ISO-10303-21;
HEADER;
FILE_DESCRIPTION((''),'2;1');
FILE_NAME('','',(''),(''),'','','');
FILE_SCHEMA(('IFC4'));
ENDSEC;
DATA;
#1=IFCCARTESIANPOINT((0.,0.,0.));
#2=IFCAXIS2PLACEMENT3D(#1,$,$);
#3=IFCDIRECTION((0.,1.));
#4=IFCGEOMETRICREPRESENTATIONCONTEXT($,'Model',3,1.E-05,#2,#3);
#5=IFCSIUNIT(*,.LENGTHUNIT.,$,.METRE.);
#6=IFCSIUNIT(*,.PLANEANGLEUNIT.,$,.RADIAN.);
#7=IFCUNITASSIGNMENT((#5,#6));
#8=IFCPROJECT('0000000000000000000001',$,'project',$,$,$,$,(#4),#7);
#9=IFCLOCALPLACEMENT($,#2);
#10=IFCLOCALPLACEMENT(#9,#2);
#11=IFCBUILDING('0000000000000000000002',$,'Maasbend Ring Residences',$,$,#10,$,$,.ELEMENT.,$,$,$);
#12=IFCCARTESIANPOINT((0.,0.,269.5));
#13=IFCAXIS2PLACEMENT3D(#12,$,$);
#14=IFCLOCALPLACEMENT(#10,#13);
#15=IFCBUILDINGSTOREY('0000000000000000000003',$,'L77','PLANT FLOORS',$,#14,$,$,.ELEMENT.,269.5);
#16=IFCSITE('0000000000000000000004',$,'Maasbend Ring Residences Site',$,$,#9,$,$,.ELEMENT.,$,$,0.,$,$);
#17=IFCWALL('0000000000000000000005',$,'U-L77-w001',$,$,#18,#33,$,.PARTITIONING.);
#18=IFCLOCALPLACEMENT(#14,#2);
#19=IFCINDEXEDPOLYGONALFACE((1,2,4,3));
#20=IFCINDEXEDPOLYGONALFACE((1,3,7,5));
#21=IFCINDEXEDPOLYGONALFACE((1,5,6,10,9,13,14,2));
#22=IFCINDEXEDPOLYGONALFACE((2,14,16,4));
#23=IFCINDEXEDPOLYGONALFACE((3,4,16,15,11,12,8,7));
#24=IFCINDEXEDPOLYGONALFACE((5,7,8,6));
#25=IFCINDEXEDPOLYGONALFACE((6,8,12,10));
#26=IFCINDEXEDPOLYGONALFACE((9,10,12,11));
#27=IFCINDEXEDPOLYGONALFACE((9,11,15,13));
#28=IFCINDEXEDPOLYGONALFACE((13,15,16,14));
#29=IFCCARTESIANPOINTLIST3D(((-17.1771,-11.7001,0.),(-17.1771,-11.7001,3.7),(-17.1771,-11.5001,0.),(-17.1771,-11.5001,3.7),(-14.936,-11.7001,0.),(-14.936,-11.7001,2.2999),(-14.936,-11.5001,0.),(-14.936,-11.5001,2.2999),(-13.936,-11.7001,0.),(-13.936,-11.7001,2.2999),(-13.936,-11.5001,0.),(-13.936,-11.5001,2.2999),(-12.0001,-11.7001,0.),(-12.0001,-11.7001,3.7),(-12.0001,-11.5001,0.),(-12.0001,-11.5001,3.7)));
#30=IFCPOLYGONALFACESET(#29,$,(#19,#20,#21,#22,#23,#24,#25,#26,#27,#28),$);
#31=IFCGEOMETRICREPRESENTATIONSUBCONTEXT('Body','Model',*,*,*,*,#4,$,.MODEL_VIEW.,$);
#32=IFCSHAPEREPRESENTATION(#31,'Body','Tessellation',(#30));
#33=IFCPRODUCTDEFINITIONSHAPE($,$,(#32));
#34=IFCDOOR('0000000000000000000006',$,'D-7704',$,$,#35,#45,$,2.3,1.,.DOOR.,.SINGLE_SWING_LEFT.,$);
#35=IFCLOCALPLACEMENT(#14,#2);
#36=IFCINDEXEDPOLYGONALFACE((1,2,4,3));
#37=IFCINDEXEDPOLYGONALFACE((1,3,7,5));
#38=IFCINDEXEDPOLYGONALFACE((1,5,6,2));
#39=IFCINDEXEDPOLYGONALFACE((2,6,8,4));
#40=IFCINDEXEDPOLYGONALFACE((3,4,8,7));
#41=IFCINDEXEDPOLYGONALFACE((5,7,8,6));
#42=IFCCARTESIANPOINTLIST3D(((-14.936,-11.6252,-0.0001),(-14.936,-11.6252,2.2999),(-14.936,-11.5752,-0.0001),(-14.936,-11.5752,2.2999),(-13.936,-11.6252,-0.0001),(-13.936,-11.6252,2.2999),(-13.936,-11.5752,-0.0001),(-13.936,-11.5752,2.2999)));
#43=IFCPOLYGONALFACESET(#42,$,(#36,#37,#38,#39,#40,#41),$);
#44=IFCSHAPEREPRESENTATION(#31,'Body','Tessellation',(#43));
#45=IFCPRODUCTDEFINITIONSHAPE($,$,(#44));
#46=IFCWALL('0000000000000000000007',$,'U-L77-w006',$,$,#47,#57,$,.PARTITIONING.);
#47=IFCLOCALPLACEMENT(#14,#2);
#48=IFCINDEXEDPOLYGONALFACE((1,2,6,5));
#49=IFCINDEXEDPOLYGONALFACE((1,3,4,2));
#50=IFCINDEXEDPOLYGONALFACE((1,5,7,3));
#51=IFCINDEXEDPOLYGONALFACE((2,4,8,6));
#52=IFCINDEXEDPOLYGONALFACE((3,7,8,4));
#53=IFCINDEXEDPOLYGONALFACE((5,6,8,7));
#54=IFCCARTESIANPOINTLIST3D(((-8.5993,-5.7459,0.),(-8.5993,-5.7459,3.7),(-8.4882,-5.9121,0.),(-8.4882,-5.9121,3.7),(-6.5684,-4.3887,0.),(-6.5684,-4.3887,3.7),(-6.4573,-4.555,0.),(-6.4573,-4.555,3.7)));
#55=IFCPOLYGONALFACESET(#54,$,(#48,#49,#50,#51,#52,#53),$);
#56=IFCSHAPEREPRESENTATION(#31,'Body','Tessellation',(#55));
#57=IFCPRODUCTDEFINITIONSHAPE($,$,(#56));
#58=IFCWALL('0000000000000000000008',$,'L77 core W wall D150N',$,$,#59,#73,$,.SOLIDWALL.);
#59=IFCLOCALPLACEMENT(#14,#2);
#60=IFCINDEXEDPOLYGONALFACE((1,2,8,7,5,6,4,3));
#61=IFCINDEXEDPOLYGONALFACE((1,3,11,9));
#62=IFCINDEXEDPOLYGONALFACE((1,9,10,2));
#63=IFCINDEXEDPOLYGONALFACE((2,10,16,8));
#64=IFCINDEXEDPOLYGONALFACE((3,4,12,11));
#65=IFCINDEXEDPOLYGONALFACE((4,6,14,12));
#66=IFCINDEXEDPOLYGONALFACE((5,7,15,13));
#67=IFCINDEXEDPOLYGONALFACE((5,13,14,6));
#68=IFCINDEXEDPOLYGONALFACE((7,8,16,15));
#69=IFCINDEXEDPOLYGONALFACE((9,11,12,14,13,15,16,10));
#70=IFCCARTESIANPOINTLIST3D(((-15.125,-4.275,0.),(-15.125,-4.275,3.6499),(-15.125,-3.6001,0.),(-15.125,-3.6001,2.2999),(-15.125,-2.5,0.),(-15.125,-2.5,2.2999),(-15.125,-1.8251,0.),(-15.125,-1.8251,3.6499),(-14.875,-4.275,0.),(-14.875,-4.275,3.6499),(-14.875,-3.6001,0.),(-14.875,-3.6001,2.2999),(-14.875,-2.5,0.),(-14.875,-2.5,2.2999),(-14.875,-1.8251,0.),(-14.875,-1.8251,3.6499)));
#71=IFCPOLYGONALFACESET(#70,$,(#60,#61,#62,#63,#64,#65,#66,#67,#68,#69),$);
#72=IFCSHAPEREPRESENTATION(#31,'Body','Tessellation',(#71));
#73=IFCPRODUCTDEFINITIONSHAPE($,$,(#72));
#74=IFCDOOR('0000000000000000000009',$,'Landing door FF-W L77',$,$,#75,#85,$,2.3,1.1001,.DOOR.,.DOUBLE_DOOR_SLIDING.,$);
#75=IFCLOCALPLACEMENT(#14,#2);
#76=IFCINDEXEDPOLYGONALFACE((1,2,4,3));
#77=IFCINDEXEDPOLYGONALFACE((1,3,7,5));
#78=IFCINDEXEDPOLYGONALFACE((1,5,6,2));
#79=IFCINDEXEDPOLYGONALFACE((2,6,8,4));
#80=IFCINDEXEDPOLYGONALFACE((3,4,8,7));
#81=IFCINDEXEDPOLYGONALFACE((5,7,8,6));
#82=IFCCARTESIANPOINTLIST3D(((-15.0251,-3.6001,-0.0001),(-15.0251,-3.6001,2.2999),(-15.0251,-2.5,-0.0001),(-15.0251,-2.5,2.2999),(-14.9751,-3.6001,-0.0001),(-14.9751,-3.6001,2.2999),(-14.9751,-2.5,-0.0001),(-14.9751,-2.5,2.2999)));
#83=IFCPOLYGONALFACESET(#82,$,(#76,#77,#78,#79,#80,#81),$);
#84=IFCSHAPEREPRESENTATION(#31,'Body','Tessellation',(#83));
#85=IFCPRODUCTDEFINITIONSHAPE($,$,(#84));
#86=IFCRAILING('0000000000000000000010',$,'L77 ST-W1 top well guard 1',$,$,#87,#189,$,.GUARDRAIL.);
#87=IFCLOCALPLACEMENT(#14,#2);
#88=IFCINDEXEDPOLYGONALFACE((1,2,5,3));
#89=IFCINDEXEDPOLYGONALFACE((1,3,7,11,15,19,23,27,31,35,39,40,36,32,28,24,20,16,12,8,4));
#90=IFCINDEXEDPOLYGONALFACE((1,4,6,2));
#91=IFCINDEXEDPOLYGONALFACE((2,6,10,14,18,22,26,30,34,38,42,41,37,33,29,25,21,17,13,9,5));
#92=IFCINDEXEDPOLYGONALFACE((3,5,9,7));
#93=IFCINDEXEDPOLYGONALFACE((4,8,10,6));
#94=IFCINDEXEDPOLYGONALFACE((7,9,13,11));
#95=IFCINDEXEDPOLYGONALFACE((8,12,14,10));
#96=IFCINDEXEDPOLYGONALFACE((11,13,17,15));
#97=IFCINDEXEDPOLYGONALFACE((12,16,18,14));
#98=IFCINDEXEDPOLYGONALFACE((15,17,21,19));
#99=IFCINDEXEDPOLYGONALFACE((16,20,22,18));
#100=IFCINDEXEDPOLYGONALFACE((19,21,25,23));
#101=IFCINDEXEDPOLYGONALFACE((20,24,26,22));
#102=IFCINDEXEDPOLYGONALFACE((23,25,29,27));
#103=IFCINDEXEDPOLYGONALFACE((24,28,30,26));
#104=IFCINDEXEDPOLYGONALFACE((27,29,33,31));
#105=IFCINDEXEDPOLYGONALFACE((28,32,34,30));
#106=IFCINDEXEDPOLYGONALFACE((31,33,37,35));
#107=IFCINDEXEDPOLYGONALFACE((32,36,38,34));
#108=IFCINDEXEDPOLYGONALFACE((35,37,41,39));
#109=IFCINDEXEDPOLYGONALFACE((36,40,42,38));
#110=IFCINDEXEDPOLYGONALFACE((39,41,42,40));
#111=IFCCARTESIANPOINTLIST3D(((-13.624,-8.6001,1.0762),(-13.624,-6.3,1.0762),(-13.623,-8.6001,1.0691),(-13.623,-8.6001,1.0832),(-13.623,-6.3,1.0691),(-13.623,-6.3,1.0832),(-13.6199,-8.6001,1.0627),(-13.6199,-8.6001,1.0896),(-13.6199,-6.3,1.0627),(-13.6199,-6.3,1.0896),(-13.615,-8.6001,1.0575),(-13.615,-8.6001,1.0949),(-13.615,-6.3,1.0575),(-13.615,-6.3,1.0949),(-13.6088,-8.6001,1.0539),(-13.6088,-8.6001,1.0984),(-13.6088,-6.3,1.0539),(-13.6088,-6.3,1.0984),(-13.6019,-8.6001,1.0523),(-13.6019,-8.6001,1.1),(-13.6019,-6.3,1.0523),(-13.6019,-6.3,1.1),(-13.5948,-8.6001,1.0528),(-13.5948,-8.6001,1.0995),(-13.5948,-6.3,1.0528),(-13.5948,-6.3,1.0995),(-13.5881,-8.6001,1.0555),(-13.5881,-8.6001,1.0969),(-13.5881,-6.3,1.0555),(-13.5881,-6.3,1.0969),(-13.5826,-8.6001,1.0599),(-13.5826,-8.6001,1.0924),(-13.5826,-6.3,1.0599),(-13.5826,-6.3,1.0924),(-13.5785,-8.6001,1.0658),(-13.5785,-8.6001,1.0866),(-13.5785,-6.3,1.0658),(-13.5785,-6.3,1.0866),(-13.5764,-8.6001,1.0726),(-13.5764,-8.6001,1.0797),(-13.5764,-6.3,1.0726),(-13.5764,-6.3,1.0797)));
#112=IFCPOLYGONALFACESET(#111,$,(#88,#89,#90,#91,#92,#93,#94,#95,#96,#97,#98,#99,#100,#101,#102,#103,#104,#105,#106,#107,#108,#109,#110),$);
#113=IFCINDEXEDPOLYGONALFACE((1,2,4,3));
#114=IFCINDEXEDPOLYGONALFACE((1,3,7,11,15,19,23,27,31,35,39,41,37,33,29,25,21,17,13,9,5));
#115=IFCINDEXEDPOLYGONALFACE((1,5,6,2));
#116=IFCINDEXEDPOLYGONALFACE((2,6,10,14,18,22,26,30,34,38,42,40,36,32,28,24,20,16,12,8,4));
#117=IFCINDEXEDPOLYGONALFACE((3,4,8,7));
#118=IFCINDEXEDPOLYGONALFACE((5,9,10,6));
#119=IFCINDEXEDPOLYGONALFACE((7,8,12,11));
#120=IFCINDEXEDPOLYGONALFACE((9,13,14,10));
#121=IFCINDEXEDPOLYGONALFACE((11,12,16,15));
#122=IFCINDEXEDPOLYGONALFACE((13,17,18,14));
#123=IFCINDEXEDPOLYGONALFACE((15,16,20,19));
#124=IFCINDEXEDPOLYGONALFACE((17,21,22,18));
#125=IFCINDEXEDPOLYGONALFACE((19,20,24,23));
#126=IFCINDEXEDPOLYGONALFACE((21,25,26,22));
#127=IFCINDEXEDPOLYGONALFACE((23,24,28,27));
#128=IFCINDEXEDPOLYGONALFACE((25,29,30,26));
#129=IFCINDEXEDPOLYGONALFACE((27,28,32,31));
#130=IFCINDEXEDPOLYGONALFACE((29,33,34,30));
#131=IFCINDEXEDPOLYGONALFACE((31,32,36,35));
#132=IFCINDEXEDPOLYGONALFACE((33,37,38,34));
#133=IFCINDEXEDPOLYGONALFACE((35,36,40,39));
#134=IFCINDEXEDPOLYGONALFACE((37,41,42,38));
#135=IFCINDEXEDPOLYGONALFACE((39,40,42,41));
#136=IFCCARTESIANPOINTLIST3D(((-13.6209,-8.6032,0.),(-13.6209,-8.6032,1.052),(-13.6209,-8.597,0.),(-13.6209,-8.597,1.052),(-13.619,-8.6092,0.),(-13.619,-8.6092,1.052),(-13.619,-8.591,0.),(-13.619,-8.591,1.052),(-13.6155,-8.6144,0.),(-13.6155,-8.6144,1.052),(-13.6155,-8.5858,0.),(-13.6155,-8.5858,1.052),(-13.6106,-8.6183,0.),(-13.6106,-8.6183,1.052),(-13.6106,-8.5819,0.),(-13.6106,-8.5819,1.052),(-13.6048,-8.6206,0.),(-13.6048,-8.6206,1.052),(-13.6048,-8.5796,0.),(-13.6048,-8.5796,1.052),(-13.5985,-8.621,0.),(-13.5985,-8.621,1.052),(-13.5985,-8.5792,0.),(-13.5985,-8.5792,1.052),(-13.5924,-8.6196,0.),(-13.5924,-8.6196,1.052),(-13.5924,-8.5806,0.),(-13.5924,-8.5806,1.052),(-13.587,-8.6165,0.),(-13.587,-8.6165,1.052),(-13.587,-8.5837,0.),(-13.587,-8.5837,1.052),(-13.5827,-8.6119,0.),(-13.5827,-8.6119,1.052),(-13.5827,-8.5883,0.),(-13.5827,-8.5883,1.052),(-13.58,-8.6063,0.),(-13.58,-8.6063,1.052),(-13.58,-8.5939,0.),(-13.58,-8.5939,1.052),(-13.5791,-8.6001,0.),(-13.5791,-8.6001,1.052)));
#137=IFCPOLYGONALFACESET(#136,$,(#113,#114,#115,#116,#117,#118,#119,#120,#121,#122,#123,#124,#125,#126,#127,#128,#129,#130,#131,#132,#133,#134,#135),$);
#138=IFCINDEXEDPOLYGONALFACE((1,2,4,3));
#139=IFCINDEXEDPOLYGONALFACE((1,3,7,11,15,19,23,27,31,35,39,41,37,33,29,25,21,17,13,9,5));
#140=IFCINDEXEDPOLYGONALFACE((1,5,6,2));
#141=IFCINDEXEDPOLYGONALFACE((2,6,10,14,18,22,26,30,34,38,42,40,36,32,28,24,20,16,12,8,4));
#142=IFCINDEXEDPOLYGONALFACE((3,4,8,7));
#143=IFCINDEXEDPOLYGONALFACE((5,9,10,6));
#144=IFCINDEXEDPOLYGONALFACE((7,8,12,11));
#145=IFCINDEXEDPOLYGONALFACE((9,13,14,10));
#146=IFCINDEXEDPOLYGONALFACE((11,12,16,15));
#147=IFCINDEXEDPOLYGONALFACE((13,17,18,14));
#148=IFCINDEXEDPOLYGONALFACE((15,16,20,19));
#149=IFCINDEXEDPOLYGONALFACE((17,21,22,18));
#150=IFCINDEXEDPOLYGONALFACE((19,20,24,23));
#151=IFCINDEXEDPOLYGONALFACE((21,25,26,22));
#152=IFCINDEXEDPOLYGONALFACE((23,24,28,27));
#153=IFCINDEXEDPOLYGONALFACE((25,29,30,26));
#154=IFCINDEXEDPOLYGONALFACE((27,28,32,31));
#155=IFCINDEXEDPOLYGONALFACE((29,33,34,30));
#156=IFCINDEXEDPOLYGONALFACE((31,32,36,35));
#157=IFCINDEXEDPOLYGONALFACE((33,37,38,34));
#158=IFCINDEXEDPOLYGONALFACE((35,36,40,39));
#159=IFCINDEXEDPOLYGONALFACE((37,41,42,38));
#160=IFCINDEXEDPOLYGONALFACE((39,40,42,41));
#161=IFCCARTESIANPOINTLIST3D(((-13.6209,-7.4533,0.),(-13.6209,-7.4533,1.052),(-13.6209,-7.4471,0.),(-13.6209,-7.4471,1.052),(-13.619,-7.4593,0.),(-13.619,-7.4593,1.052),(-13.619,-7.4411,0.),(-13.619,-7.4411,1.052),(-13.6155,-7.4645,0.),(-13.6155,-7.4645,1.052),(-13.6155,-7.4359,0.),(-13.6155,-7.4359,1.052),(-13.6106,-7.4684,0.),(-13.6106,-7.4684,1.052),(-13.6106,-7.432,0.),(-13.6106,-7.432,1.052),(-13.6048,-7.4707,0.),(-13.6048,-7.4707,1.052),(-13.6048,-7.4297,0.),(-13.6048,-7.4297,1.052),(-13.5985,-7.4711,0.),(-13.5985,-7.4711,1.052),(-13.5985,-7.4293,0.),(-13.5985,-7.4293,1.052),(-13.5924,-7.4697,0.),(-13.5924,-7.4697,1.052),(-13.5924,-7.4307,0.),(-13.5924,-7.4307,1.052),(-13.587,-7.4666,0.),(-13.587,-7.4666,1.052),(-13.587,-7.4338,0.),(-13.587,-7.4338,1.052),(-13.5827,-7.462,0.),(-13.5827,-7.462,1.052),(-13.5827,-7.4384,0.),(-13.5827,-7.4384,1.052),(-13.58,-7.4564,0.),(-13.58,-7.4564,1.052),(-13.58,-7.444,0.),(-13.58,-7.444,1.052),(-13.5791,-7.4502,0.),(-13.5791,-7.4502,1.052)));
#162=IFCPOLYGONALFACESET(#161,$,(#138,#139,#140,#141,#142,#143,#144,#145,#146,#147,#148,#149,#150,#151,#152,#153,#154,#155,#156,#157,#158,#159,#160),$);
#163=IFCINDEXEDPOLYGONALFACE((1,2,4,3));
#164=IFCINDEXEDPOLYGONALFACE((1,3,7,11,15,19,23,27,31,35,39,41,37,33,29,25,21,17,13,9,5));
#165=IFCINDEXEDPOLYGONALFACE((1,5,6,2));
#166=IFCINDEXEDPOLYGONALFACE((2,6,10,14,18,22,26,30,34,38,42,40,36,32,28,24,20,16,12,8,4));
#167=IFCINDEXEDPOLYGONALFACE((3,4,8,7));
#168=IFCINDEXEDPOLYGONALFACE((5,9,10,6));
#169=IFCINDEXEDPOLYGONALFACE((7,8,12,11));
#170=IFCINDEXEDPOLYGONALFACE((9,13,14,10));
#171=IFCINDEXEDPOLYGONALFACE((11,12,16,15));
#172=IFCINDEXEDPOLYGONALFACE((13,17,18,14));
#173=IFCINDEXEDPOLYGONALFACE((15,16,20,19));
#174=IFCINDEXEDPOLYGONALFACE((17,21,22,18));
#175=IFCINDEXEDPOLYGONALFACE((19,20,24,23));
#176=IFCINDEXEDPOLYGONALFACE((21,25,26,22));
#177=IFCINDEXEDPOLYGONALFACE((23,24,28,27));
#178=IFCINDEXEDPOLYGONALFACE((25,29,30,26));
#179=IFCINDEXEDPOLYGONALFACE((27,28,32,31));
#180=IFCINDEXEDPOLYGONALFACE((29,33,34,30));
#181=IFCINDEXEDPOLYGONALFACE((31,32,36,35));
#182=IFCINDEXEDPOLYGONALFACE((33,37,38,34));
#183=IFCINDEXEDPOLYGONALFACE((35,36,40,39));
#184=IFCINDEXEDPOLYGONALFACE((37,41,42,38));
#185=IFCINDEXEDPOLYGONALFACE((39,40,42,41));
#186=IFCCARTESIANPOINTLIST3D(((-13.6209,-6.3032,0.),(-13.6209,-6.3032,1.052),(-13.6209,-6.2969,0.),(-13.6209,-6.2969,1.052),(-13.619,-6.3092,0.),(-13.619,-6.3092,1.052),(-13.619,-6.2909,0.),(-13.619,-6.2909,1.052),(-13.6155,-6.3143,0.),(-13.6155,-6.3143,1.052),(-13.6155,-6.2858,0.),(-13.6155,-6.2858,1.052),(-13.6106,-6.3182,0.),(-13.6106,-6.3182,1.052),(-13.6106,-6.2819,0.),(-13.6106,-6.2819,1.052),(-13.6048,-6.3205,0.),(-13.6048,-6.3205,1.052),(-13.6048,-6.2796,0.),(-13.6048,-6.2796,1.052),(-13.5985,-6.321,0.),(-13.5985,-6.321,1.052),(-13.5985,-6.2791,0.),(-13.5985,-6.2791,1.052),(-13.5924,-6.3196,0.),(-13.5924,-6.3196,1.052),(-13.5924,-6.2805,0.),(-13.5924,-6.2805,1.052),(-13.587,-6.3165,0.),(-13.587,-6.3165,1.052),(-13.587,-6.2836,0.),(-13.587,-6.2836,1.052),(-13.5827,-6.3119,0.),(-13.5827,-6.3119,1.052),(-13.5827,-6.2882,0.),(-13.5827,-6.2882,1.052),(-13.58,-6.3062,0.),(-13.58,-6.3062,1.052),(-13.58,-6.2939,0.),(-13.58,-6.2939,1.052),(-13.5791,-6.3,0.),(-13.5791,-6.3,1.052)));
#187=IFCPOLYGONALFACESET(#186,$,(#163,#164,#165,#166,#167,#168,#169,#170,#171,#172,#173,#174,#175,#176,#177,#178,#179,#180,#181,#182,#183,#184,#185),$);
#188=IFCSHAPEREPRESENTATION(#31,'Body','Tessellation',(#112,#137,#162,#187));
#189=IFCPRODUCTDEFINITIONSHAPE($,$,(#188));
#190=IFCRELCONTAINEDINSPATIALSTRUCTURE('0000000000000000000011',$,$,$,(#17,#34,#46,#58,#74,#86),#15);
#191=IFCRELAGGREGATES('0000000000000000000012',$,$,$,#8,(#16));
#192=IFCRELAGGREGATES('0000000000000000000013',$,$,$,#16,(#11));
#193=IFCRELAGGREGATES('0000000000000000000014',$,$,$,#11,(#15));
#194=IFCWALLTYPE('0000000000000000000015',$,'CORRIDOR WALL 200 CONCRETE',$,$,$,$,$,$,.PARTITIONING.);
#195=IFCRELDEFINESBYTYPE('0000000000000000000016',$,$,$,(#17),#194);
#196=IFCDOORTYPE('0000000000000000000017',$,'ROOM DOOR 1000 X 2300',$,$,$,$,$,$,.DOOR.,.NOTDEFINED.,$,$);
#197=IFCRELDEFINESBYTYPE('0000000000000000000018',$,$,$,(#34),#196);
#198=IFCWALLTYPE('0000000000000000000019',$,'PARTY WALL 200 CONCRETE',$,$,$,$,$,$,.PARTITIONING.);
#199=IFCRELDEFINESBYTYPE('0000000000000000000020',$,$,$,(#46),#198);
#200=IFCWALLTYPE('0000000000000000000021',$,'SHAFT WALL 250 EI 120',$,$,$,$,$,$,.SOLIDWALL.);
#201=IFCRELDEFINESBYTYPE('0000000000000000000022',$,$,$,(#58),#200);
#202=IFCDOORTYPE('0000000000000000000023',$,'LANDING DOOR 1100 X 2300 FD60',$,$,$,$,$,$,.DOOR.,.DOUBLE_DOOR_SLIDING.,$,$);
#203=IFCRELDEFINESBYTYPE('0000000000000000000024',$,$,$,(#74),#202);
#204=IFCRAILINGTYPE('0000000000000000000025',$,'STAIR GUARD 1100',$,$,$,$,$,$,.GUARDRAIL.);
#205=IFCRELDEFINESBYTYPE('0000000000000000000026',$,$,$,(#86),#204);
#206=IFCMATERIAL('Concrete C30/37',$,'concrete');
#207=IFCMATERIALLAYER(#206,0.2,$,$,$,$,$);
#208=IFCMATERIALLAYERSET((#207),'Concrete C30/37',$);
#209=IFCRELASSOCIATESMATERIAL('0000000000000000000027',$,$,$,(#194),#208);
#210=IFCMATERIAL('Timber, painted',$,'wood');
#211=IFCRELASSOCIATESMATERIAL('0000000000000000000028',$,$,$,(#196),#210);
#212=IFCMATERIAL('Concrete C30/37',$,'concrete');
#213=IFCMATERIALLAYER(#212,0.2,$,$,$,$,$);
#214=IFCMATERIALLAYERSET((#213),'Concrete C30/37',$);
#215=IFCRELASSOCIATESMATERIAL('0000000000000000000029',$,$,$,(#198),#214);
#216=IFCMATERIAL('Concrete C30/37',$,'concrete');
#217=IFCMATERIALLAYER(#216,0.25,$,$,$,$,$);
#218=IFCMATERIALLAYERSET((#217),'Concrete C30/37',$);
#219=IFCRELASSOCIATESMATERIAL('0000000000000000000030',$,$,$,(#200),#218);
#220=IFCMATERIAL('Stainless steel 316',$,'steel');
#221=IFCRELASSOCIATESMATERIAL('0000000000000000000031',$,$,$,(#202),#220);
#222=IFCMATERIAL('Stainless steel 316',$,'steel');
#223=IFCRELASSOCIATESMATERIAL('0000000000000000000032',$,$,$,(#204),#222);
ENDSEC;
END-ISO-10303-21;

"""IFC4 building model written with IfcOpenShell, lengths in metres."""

from ifc_helpers import new_model, si_unit, direction, frame, frame_2d, origin, origin_2d, place, context, subcontext, project, spatial, rectangle, circle, extrude, material, layer, layer_set, type_object, element, fill, save


model = new_model("IFC4")

# Units and contexts
model_context = context("Model", 3, precision=1e-05, world=origin(), true_north=direction((0.0, 1.0)))
body_context = subcontext(model_context, "Body", "Model", "MODEL_VIEW")
ifc_project = project(units=[si_unit("LENGTHUNIT", "METRE"), si_unit("PLANEANGLEUNIT", "RADIAN")], contexts=[model_context])

# Site, building, storey
site_placement = place(None, origin())
site = spatial("IfcSite", under=ifc_project, at=site_placement, Name="Maasbend Ring Residences Site", CompositionType="ELEMENT", RefElevation=0.0)
building_placement = place(site_placement, origin())
building = spatial("IfcBuilding", under=site, at=building_placement, Name="Maasbend Ring Residences", CompositionType="ELEMENT")
storey_placement = place(building_placement, frame((0.0, 0.0, 269.5)))
storey = spatial("IfcBuildingStorey", under=building, at=storey_placement, Name="L77", Description="PLANT FLOORS", CompositionType="ELEMENT", Elevation=269.5)

# Wall, opening, door
ifc_material_1 = material(Name="Concrete C30/37", Category="concrete")
ifc_layer_1 = layer(ifc_material_1, 0.2)
ifc_layer_set_1 = layer_set([ifc_layer_1], Name="Concrete C30/37")
wall_type_1 = type_object("IfcWallType", Name="CORRIDOR WALL 200 CONCRETE", PredefinedType="PARTITIONING", material=ifc_layer_set_1)
wall_1_placement = place(storey_placement, frame((-17.177, -11.6001, 0.0), z_axis=(0.0, 0.0, 1.0), x_axis=(1.0, 0.0, 0.0)))
wall_1 = element("IfcWall", 1, at=wall_1_placement, inside=storey, type_object=wall_type_1, Name="U-L77-w001", PredefinedType="PARTITIONING", context=body_context, shape_type="SweptSolid", body=[
    extrude(rectangle(XDim=5.177, YDim=0.2, at=frame_2d((2.5884, 0.0))), origin(), (0.0, 0.0, 1.0), 3.7),
])
opening_1_placement = place(wall_1_placement, frame((2.241, 0.0, 0.0)))
opening_1 = element("IfcOpeningElement", 2, at=opening_1_placement, cuts=wall_1, PredefinedType="OPENING", context=body_context, shape_type="SweptSolid", body=[
    extrude(rectangle(XDim=1.0, YDim=2.3, at=frame_2d((0.5, 1.1499))), frame((0.0, 0.1099, 0.0), z_axis=(0.0, -1.0, 0.0), x_axis=(1.0, 0.0, 0.0)), (0.0, 0.0, 1.0), 0.22),
])
ifc_material_2 = material(Name="Timber, painted", Category="wood")
door_type_1 = type_object("IfcDoorType", Name="ROOM DOOR 1000 X 2300", OperationType="NOTDEFINED", PredefinedType="DOOR", material=ifc_material_2)
door_1_placement = place(opening_1_placement, origin())
door_1 = element("IfcDoor", 3, at=door_1_placement, inside=storey, type_object=door_type_1, Name="D-7704", OperationType="SINGLE_SWING_LEFT", OverallHeight=2.3, OverallWidth=1.0, PredefinedType="DOOR", context=body_context, shape_type="SweptSolid", body=[
    extrude(rectangle(XDim=1.0, YDim=2.3, at=frame_2d((0.5, 1.1499))), frame((0.0, 0.0249, 0.0), z_axis=(0.0, -1.0, 0.0), x_axis=(1.0, 0.0, 0.0)), (0.0, 0.0, 1.0), 0.05),
])
fill(opening_1, door_1)

# Wall
ifc_material_3 = material(Name="Concrete C30/37", Category="concrete")
ifc_layer_2 = layer(ifc_material_3, 0.2)
ifc_layer_set_2 = layer_set([ifc_layer_2], Name="Concrete C30/37")
wall_type_2 = type_object("IfcWallType", Name="PARTY WALL 200 CONCRETE", PredefinedType="PARTITIONING", material=ifc_layer_set_2)
wall_2_placement = place(storey_placement, frame((-6.5129, -4.4719, 0.0), z_axis=(0.0, 0.0, 1.0), x_axis=(-0.83145, -0.555599, 0.0)))
element("IfcWall", 4, at=wall_2_placement, inside=storey, type_object=wall_type_2, Name="U-L77-w006", PredefinedType="PARTITIONING", context=body_context, shape_type="SweptSolid", body=[
    extrude(rectangle(XDim=2.4426, YDim=0.2, at=frame_2d((1.2212, 0.0))), origin(), (0.0, 0.0, 1.0), 3.7),
])

# Wall, opening, door
ifc_material_4 = material(Name="Concrete C30/37", Category="concrete")
ifc_layer_3 = layer(ifc_material_4, 0.25)
ifc_layer_set_3 = layer_set([ifc_layer_3], Name="Concrete C30/37")
wall_type_3 = type_object("IfcWallType", Name="SHAFT WALL 250 EI 120", PredefinedType="SOLIDWALL", material=ifc_layer_set_3)
wall_3_placement = place(storey_placement, frame((-15.0, -1.825, 0.0), z_axis=(0.0, 0.0, 1.0), x_axis=(0.0, -1.0, 0.0)))
wall_3 = element("IfcWall", 5, at=wall_3_placement, inside=storey, type_object=wall_type_3, Name="L77 core W wall D150N", PredefinedType="SOLIDWALL", context=body_context, shape_type="SweptSolid", body=[
    extrude(rectangle(XDim=2.45, YDim=0.25, at=frame_2d((1.2251, 0.0))), origin(), (0.0, 0.0, 1.0), 3.6499),
])
opening_2_placement = place(wall_3_placement, frame((0.675, 0.0, 0.0)))
opening_2 = element("IfcOpeningElement", 6, at=opening_2_placement, cuts=wall_3, PredefinedType="OPENING", context=body_context, shape_type="SweptSolid", body=[
    extrude(rectangle(XDim=1.1001, YDim=2.3, at=frame_2d((0.55, 1.1499))), frame((0.0, 0.135, 0.0), z_axis=(0.0, -1.0, 0.0), x_axis=(1.0, 0.0, 0.0)), (0.0, 0.0, 1.0), 0.27),
])
ifc_material_5 = material(Name="Stainless steel 316", Category="steel")
door_type_2 = type_object("IfcDoorType", Name="LANDING DOOR 1100 X 2300 FD60", OperationType="DOUBLE_DOOR_SLIDING", PredefinedType="DOOR", material=ifc_material_5)
door_2_placement = place(opening_2_placement, origin())
door_2 = element("IfcDoor", 7, at=door_2_placement, inside=storey, type_object=door_type_2, Name="Landing door FF-W L77", OperationType="DOUBLE_DOOR_SLIDING", OverallHeight=2.3, OverallWidth=1.1001, PredefinedType="DOOR", context=body_context, shape_type="SweptSolid", body=[
    extrude(rectangle(XDim=1.1001, YDim=2.3, at=frame_2d((0.55, 1.1499))), frame((0.0, 0.0249, 0.0), z_axis=(0.0, -1.0, 0.0), x_axis=(1.0, 0.0, 0.0)), (0.0, 0.0, 1.0), 0.05),
])
fill(opening_2, door_2)

# Railing
ifc_material_6 = material(Name="Stainless steel 316", Category="steel")
railing_type_1 = type_object("IfcRailingType", Name="STAIR GUARD 1100", PredefinedType="GUARDRAIL", material=ifc_material_6)
railing_1_placement = place(storey_placement, frame((-13.6001, -8.6001, 0.0)))
element("IfcRailing", 8, at=railing_1_placement, inside=storey, type_object=railing_type_1, Name="L77 ST-W1 top well guard 1", PredefinedType="GUARDRAIL", context=body_context, shape_type="SweptSolid", body=[
    extrude(circle(Radius=0.0239, at=origin_2d()), frame((0.0, 0.0, 1.0762), z_axis=(0.0, 1.0, 0.0), x_axis=(-1.0, 0.0, 0.0)), (0.0, 0.0, 1.0), 2.3),
    extrude(circle(Radius=0.021, at=origin_2d()), origin(), (0.0, 0.0, 1.0), 1.052),
    extrude(circle(Radius=0.021, at=origin_2d()), frame((0.0, 1.1499, 0.0)), (0.0, 0.0, 1.0), 1.052),
    extrude(circle(Radius=0.021, at=origin_2d()), frame((0.0, 2.3, 0.0)), (0.0, 0.0, 1.0), 1.052),
])

save(model, "model.ifc")
